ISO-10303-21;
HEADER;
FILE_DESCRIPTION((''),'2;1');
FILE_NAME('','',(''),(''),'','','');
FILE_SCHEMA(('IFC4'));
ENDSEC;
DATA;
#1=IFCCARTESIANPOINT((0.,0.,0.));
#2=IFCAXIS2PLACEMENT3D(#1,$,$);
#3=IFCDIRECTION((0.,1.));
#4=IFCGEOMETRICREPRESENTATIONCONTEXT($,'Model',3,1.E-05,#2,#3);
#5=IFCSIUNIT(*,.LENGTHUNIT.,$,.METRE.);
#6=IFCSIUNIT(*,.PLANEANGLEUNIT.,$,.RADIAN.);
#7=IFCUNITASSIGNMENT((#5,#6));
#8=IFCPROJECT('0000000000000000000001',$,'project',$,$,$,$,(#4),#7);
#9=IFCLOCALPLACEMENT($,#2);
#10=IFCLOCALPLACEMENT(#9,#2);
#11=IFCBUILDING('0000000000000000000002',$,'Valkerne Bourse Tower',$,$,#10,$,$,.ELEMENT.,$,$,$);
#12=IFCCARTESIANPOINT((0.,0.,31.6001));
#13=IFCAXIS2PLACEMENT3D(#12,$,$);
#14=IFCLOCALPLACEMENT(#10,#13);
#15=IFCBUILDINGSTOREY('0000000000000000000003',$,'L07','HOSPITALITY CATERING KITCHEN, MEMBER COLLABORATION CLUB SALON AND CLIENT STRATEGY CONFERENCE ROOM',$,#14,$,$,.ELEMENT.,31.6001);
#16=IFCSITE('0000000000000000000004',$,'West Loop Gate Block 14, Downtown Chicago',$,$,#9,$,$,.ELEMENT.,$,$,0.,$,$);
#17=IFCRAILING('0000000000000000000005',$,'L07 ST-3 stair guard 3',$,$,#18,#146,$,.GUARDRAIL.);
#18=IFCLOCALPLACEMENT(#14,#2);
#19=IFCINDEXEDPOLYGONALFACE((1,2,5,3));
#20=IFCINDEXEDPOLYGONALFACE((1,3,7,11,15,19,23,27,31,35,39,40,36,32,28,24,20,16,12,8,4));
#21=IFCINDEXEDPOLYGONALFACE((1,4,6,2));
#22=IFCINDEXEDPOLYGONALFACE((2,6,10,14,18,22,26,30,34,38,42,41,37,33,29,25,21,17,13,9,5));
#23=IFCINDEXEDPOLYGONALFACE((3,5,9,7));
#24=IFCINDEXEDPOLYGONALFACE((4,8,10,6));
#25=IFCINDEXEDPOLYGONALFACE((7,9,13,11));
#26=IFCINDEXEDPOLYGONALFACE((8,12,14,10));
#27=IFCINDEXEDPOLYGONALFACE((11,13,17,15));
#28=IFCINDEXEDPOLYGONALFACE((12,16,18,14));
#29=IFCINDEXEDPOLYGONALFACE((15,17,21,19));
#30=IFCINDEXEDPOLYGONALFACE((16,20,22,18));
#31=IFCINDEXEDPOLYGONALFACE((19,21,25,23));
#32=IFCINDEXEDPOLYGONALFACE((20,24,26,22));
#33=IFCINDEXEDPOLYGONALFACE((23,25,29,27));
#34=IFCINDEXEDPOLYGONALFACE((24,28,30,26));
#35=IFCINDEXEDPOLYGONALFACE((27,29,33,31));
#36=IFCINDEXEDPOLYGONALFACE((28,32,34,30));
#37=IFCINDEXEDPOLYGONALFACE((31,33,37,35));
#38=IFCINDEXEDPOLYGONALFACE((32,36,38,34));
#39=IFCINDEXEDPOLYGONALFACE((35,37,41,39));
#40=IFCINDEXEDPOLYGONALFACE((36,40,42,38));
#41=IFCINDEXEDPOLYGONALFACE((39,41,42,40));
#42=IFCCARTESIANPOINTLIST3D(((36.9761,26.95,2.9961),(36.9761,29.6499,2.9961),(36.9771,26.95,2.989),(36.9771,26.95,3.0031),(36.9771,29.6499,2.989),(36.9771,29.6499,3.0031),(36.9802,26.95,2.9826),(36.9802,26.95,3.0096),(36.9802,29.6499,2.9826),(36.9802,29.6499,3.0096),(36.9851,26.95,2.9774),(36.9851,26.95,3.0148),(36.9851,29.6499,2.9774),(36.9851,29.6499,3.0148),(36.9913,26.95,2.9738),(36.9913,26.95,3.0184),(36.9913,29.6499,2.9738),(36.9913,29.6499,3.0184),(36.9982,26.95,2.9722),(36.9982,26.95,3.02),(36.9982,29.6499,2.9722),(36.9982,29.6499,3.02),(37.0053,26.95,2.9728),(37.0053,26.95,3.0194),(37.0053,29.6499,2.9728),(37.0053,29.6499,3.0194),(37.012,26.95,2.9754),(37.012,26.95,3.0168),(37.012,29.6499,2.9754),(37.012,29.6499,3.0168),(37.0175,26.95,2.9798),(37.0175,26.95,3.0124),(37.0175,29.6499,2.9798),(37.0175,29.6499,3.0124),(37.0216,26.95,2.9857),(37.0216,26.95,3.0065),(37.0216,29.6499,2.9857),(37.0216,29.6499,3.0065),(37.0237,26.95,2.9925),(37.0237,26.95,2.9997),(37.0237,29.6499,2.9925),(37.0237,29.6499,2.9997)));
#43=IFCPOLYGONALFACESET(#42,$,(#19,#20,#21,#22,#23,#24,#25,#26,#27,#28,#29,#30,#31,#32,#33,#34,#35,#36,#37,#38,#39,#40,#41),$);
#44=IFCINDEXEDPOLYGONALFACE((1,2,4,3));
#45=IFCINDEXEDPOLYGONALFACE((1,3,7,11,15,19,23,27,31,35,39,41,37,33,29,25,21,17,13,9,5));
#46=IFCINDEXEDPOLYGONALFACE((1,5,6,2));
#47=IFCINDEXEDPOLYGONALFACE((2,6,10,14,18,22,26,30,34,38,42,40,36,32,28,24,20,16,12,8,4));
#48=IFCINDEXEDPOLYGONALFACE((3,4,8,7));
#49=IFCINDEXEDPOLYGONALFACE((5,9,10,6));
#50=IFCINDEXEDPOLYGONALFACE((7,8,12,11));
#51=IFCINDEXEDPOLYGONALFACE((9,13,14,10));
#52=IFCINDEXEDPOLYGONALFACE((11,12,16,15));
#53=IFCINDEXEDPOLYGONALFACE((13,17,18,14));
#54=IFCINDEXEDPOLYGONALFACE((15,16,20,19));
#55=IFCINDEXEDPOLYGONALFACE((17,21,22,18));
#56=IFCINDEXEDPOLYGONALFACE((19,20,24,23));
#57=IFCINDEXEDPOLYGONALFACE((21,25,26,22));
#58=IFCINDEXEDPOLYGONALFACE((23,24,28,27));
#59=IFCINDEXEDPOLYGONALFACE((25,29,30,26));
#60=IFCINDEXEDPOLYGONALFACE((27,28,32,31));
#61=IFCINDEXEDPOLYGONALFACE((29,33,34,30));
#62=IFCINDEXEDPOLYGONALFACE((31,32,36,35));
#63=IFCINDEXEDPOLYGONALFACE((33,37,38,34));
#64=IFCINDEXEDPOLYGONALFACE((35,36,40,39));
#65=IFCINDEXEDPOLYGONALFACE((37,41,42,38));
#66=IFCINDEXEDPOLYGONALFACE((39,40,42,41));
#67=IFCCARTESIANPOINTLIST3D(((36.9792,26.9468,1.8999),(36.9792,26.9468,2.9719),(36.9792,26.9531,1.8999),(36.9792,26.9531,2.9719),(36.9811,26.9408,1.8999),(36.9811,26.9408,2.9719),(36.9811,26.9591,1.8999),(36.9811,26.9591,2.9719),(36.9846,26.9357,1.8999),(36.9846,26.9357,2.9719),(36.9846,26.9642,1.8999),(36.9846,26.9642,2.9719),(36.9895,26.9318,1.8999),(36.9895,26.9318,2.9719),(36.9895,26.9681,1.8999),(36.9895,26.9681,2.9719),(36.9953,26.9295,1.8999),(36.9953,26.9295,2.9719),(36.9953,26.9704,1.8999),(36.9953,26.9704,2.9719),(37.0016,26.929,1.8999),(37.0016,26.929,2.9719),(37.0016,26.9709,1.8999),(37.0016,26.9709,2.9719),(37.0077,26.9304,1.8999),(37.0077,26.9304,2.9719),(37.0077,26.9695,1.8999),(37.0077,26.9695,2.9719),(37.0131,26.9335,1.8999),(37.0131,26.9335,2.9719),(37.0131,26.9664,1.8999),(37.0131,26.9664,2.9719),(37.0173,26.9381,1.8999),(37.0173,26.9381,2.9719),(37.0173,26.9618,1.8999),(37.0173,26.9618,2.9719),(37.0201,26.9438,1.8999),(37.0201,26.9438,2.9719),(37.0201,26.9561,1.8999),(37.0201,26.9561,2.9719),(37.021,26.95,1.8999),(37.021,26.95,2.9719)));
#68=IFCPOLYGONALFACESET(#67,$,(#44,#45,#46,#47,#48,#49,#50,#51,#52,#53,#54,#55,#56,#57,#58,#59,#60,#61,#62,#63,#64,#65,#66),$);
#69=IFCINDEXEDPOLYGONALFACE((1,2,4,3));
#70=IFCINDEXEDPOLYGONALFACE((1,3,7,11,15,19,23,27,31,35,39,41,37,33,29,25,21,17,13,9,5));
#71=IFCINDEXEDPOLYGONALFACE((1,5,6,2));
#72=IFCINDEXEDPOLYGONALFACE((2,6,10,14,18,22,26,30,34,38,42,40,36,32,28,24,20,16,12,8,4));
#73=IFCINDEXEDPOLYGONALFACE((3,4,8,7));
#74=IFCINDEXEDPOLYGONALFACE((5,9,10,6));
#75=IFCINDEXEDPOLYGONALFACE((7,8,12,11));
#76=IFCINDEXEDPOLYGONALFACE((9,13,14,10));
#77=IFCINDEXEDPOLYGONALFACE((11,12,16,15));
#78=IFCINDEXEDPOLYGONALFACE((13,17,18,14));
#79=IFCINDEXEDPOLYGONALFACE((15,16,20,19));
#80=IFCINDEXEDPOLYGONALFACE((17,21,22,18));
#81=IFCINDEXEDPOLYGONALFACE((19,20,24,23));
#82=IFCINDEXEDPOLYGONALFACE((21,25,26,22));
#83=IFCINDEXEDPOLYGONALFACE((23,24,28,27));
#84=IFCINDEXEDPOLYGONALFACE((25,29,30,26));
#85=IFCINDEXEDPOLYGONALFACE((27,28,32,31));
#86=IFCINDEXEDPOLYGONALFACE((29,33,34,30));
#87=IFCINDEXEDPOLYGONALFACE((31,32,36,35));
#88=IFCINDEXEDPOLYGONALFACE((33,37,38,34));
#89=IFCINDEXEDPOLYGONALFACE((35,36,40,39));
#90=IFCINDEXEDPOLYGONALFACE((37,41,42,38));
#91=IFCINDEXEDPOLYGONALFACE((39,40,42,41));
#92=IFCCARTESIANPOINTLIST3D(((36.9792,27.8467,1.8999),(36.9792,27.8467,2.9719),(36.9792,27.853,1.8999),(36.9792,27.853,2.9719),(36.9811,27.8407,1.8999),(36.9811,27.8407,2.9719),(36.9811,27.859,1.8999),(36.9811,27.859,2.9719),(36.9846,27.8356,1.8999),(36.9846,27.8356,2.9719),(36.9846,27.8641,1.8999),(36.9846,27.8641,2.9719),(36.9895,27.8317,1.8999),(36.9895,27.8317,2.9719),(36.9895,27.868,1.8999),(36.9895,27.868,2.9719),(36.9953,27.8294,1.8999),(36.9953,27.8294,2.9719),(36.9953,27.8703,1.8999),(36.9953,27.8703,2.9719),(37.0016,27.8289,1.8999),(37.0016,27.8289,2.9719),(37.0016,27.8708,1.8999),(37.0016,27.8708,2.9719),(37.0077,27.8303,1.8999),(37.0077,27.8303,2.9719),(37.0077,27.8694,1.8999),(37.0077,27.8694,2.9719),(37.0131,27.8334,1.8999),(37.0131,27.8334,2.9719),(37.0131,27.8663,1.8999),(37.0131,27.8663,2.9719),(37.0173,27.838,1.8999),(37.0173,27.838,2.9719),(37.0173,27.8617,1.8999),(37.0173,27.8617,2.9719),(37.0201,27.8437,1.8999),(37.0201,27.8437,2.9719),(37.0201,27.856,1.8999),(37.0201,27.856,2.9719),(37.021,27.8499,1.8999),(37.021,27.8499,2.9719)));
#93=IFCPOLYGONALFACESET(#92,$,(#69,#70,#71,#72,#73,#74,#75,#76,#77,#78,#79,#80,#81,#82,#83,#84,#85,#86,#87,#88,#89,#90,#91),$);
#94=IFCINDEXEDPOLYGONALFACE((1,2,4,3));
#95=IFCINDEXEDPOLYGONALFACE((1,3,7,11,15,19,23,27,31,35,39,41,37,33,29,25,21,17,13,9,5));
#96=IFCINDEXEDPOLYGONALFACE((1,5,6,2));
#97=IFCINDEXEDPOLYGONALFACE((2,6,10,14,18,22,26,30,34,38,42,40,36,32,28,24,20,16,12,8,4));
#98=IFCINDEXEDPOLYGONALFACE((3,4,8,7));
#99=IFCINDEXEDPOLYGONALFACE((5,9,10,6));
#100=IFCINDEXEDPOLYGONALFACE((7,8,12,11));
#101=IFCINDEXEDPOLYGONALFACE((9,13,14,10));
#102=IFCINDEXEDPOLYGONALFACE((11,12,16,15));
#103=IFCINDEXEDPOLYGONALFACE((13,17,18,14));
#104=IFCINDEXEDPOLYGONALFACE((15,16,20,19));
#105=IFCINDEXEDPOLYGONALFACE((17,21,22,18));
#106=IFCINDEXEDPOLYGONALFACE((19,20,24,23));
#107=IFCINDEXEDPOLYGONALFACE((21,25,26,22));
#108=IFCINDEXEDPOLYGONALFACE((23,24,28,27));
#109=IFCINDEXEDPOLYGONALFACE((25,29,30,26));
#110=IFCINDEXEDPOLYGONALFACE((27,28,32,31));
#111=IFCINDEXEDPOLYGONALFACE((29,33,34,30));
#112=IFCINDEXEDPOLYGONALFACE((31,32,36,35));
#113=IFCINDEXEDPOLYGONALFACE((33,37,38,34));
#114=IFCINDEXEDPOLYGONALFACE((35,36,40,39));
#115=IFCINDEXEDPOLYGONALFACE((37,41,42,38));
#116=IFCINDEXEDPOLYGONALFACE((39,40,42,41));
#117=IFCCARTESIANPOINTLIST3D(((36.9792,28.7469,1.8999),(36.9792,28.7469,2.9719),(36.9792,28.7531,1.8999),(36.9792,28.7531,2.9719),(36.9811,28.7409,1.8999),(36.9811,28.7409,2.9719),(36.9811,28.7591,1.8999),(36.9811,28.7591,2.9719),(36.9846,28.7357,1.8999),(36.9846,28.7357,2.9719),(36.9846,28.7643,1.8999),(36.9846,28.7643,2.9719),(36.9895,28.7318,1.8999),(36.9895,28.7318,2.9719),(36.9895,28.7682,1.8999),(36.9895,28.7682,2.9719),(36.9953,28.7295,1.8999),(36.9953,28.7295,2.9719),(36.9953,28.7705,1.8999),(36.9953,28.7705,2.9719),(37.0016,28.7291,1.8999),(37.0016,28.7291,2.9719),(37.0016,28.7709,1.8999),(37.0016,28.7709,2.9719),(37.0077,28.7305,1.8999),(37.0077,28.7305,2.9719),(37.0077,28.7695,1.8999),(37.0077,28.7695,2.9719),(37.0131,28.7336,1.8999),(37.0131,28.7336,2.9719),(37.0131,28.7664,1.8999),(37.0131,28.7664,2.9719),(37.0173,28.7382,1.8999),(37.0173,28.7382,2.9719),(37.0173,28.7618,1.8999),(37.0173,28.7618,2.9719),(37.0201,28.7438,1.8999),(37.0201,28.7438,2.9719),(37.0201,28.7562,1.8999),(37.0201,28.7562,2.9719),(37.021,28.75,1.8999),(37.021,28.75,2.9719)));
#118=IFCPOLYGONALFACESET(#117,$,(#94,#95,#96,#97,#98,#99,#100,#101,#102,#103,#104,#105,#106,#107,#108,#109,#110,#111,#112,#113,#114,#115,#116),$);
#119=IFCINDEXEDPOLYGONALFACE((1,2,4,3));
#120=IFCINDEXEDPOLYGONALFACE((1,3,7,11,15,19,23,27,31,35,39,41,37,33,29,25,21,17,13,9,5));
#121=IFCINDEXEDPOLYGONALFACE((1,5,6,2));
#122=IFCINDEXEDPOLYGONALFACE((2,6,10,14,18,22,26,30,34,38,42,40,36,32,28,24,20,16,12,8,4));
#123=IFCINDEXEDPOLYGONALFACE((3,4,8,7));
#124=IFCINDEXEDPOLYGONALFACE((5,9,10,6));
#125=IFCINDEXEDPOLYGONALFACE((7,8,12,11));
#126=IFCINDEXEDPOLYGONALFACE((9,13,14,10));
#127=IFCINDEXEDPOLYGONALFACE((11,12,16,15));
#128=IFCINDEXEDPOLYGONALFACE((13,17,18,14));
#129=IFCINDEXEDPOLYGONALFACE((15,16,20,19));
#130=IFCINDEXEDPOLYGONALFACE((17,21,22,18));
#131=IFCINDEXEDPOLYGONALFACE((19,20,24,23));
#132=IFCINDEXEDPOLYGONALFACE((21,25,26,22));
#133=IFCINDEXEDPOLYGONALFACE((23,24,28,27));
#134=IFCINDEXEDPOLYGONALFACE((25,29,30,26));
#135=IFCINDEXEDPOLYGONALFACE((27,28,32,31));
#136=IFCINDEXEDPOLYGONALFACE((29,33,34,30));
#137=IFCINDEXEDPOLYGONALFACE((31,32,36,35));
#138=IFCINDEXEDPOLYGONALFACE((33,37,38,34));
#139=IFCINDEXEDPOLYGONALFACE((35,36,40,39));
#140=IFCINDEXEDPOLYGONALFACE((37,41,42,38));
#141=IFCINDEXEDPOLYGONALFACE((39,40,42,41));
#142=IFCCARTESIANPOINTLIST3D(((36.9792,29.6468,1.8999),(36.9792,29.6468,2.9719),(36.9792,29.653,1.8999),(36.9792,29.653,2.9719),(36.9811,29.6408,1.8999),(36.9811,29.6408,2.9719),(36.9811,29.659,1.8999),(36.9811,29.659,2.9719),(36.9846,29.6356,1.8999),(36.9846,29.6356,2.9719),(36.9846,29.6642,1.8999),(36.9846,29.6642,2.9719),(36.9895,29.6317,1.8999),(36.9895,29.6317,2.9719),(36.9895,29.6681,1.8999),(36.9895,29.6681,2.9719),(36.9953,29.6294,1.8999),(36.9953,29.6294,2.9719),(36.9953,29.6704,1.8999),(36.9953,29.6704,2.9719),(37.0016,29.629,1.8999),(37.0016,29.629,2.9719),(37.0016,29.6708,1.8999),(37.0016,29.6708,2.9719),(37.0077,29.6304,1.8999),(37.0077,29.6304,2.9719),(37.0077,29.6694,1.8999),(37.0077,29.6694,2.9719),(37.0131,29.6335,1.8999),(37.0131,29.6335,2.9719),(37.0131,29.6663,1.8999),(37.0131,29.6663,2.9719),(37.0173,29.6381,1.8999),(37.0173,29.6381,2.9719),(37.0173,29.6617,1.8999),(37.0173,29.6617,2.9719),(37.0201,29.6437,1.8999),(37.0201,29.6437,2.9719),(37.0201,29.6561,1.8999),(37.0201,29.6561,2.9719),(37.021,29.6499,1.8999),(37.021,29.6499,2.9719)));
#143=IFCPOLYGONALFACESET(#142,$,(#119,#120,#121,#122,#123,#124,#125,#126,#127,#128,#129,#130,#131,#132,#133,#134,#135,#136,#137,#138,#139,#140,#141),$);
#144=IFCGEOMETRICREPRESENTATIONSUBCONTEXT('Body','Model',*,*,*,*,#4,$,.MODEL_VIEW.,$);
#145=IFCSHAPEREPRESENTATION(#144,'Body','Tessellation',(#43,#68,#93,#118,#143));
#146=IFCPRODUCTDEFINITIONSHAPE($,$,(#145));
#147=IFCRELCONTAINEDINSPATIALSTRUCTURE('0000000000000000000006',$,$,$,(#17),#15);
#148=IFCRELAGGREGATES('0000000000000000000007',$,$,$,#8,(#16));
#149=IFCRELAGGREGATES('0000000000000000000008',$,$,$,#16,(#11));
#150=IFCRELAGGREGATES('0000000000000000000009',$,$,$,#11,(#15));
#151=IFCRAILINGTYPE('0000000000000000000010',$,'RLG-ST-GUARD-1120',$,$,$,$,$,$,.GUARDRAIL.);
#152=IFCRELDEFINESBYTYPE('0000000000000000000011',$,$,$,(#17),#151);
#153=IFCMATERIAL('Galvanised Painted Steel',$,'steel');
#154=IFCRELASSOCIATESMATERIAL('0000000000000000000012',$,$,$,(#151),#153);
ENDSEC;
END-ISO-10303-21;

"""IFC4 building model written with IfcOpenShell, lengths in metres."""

from ifc_helpers import new_model, si_unit, direction, frame, origin, origin_2d, place, context, subcontext, project, spatial, circle, extrude, material, type_object, element, save


model = new_model("IFC4")

# Units and contexts
model_context = context("Model", 3, precision=1e-05, world=origin(), true_north=direction((0.0, 1.0)))
body_context = subcontext(model_context, "Body", "Model", "MODEL_VIEW")
ifc_project = project(units=[si_unit("LENGTHUNIT", "METRE"), si_unit("PLANEANGLEUNIT", "RADIAN")], contexts=[model_context])

# Site, building, storey
site_placement = place(None, origin())
site = spatial("IfcSite", under=ifc_project, at=site_placement, Name="West Loop Gate Block 14, Downtown Chicago", CompositionType="ELEMENT", RefElevation=0.0)
building_placement = place(site_placement, origin())
building = spatial("IfcBuilding", under=site, at=building_placement, Name="Valkerne Bourse Tower", CompositionType="ELEMENT")
storey_placement = place(building_placement, frame((0.0, 0.0, 31.6001)))
storey = spatial("IfcBuildingStorey", under=building, at=storey_placement, Name="L07", Description="HOSPITALITY CATERING KITCHEN, MEMBER COLLABORATION CLUB SALON AND CLIENT STRATEGY CONFERENCE ROOM", CompositionType="ELEMENT", Elevation=31.6001)

# Railing
ifc_material_1 = material(Name="Galvanised Painted Steel", Category="steel")
railing_type_1 = type_object("IfcRailingType", Name="RLG-ST-GUARD-1120", PredefinedType="GUARDRAIL", material=ifc_material_1)
for number, where, name in (
    (1, (37.0, 26.95, 1.8999), "L07 ST-3 stair guard 3"),
):
    element("IfcRailing", number, at=place(storey_placement, frame(where)), inside=storey, type_object=railing_type_1, Name=name, PredefinedType="GUARDRAIL", context=body_context, shape_type="SweptSolid", body=[
        extrude(circle(Radius=0.0239, at=origin_2d()), frame((0.0, 0.0, 1.0962), z_axis=(0.0, 1.0, 0.0), x_axis=(-1.0, 0.0, 0.0)), (0.0, 0.0, 1.0), 2.7),
        extrude(circle(Radius=0.021, at=origin_2d()), origin(), (0.0, 0.0, 1.0), 1.072),
        extrude(circle(Radius=0.021, at=origin_2d()), frame((0.0, 0.8999, 0.0)), (0.0, 0.0, 1.0), 1.072),
        extrude(circle(Radius=0.021, at=origin_2d()), frame((0.0, 1.8, 0.0)), (0.0, 0.0, 1.0), 1.072),
        extrude(circle(Radius=0.021, at=origin_2d()), frame((0.0, 2.7, 0.0)), (0.0, 0.0, 1.0), 1.072),
    ])

save(model, "model.ifc")
